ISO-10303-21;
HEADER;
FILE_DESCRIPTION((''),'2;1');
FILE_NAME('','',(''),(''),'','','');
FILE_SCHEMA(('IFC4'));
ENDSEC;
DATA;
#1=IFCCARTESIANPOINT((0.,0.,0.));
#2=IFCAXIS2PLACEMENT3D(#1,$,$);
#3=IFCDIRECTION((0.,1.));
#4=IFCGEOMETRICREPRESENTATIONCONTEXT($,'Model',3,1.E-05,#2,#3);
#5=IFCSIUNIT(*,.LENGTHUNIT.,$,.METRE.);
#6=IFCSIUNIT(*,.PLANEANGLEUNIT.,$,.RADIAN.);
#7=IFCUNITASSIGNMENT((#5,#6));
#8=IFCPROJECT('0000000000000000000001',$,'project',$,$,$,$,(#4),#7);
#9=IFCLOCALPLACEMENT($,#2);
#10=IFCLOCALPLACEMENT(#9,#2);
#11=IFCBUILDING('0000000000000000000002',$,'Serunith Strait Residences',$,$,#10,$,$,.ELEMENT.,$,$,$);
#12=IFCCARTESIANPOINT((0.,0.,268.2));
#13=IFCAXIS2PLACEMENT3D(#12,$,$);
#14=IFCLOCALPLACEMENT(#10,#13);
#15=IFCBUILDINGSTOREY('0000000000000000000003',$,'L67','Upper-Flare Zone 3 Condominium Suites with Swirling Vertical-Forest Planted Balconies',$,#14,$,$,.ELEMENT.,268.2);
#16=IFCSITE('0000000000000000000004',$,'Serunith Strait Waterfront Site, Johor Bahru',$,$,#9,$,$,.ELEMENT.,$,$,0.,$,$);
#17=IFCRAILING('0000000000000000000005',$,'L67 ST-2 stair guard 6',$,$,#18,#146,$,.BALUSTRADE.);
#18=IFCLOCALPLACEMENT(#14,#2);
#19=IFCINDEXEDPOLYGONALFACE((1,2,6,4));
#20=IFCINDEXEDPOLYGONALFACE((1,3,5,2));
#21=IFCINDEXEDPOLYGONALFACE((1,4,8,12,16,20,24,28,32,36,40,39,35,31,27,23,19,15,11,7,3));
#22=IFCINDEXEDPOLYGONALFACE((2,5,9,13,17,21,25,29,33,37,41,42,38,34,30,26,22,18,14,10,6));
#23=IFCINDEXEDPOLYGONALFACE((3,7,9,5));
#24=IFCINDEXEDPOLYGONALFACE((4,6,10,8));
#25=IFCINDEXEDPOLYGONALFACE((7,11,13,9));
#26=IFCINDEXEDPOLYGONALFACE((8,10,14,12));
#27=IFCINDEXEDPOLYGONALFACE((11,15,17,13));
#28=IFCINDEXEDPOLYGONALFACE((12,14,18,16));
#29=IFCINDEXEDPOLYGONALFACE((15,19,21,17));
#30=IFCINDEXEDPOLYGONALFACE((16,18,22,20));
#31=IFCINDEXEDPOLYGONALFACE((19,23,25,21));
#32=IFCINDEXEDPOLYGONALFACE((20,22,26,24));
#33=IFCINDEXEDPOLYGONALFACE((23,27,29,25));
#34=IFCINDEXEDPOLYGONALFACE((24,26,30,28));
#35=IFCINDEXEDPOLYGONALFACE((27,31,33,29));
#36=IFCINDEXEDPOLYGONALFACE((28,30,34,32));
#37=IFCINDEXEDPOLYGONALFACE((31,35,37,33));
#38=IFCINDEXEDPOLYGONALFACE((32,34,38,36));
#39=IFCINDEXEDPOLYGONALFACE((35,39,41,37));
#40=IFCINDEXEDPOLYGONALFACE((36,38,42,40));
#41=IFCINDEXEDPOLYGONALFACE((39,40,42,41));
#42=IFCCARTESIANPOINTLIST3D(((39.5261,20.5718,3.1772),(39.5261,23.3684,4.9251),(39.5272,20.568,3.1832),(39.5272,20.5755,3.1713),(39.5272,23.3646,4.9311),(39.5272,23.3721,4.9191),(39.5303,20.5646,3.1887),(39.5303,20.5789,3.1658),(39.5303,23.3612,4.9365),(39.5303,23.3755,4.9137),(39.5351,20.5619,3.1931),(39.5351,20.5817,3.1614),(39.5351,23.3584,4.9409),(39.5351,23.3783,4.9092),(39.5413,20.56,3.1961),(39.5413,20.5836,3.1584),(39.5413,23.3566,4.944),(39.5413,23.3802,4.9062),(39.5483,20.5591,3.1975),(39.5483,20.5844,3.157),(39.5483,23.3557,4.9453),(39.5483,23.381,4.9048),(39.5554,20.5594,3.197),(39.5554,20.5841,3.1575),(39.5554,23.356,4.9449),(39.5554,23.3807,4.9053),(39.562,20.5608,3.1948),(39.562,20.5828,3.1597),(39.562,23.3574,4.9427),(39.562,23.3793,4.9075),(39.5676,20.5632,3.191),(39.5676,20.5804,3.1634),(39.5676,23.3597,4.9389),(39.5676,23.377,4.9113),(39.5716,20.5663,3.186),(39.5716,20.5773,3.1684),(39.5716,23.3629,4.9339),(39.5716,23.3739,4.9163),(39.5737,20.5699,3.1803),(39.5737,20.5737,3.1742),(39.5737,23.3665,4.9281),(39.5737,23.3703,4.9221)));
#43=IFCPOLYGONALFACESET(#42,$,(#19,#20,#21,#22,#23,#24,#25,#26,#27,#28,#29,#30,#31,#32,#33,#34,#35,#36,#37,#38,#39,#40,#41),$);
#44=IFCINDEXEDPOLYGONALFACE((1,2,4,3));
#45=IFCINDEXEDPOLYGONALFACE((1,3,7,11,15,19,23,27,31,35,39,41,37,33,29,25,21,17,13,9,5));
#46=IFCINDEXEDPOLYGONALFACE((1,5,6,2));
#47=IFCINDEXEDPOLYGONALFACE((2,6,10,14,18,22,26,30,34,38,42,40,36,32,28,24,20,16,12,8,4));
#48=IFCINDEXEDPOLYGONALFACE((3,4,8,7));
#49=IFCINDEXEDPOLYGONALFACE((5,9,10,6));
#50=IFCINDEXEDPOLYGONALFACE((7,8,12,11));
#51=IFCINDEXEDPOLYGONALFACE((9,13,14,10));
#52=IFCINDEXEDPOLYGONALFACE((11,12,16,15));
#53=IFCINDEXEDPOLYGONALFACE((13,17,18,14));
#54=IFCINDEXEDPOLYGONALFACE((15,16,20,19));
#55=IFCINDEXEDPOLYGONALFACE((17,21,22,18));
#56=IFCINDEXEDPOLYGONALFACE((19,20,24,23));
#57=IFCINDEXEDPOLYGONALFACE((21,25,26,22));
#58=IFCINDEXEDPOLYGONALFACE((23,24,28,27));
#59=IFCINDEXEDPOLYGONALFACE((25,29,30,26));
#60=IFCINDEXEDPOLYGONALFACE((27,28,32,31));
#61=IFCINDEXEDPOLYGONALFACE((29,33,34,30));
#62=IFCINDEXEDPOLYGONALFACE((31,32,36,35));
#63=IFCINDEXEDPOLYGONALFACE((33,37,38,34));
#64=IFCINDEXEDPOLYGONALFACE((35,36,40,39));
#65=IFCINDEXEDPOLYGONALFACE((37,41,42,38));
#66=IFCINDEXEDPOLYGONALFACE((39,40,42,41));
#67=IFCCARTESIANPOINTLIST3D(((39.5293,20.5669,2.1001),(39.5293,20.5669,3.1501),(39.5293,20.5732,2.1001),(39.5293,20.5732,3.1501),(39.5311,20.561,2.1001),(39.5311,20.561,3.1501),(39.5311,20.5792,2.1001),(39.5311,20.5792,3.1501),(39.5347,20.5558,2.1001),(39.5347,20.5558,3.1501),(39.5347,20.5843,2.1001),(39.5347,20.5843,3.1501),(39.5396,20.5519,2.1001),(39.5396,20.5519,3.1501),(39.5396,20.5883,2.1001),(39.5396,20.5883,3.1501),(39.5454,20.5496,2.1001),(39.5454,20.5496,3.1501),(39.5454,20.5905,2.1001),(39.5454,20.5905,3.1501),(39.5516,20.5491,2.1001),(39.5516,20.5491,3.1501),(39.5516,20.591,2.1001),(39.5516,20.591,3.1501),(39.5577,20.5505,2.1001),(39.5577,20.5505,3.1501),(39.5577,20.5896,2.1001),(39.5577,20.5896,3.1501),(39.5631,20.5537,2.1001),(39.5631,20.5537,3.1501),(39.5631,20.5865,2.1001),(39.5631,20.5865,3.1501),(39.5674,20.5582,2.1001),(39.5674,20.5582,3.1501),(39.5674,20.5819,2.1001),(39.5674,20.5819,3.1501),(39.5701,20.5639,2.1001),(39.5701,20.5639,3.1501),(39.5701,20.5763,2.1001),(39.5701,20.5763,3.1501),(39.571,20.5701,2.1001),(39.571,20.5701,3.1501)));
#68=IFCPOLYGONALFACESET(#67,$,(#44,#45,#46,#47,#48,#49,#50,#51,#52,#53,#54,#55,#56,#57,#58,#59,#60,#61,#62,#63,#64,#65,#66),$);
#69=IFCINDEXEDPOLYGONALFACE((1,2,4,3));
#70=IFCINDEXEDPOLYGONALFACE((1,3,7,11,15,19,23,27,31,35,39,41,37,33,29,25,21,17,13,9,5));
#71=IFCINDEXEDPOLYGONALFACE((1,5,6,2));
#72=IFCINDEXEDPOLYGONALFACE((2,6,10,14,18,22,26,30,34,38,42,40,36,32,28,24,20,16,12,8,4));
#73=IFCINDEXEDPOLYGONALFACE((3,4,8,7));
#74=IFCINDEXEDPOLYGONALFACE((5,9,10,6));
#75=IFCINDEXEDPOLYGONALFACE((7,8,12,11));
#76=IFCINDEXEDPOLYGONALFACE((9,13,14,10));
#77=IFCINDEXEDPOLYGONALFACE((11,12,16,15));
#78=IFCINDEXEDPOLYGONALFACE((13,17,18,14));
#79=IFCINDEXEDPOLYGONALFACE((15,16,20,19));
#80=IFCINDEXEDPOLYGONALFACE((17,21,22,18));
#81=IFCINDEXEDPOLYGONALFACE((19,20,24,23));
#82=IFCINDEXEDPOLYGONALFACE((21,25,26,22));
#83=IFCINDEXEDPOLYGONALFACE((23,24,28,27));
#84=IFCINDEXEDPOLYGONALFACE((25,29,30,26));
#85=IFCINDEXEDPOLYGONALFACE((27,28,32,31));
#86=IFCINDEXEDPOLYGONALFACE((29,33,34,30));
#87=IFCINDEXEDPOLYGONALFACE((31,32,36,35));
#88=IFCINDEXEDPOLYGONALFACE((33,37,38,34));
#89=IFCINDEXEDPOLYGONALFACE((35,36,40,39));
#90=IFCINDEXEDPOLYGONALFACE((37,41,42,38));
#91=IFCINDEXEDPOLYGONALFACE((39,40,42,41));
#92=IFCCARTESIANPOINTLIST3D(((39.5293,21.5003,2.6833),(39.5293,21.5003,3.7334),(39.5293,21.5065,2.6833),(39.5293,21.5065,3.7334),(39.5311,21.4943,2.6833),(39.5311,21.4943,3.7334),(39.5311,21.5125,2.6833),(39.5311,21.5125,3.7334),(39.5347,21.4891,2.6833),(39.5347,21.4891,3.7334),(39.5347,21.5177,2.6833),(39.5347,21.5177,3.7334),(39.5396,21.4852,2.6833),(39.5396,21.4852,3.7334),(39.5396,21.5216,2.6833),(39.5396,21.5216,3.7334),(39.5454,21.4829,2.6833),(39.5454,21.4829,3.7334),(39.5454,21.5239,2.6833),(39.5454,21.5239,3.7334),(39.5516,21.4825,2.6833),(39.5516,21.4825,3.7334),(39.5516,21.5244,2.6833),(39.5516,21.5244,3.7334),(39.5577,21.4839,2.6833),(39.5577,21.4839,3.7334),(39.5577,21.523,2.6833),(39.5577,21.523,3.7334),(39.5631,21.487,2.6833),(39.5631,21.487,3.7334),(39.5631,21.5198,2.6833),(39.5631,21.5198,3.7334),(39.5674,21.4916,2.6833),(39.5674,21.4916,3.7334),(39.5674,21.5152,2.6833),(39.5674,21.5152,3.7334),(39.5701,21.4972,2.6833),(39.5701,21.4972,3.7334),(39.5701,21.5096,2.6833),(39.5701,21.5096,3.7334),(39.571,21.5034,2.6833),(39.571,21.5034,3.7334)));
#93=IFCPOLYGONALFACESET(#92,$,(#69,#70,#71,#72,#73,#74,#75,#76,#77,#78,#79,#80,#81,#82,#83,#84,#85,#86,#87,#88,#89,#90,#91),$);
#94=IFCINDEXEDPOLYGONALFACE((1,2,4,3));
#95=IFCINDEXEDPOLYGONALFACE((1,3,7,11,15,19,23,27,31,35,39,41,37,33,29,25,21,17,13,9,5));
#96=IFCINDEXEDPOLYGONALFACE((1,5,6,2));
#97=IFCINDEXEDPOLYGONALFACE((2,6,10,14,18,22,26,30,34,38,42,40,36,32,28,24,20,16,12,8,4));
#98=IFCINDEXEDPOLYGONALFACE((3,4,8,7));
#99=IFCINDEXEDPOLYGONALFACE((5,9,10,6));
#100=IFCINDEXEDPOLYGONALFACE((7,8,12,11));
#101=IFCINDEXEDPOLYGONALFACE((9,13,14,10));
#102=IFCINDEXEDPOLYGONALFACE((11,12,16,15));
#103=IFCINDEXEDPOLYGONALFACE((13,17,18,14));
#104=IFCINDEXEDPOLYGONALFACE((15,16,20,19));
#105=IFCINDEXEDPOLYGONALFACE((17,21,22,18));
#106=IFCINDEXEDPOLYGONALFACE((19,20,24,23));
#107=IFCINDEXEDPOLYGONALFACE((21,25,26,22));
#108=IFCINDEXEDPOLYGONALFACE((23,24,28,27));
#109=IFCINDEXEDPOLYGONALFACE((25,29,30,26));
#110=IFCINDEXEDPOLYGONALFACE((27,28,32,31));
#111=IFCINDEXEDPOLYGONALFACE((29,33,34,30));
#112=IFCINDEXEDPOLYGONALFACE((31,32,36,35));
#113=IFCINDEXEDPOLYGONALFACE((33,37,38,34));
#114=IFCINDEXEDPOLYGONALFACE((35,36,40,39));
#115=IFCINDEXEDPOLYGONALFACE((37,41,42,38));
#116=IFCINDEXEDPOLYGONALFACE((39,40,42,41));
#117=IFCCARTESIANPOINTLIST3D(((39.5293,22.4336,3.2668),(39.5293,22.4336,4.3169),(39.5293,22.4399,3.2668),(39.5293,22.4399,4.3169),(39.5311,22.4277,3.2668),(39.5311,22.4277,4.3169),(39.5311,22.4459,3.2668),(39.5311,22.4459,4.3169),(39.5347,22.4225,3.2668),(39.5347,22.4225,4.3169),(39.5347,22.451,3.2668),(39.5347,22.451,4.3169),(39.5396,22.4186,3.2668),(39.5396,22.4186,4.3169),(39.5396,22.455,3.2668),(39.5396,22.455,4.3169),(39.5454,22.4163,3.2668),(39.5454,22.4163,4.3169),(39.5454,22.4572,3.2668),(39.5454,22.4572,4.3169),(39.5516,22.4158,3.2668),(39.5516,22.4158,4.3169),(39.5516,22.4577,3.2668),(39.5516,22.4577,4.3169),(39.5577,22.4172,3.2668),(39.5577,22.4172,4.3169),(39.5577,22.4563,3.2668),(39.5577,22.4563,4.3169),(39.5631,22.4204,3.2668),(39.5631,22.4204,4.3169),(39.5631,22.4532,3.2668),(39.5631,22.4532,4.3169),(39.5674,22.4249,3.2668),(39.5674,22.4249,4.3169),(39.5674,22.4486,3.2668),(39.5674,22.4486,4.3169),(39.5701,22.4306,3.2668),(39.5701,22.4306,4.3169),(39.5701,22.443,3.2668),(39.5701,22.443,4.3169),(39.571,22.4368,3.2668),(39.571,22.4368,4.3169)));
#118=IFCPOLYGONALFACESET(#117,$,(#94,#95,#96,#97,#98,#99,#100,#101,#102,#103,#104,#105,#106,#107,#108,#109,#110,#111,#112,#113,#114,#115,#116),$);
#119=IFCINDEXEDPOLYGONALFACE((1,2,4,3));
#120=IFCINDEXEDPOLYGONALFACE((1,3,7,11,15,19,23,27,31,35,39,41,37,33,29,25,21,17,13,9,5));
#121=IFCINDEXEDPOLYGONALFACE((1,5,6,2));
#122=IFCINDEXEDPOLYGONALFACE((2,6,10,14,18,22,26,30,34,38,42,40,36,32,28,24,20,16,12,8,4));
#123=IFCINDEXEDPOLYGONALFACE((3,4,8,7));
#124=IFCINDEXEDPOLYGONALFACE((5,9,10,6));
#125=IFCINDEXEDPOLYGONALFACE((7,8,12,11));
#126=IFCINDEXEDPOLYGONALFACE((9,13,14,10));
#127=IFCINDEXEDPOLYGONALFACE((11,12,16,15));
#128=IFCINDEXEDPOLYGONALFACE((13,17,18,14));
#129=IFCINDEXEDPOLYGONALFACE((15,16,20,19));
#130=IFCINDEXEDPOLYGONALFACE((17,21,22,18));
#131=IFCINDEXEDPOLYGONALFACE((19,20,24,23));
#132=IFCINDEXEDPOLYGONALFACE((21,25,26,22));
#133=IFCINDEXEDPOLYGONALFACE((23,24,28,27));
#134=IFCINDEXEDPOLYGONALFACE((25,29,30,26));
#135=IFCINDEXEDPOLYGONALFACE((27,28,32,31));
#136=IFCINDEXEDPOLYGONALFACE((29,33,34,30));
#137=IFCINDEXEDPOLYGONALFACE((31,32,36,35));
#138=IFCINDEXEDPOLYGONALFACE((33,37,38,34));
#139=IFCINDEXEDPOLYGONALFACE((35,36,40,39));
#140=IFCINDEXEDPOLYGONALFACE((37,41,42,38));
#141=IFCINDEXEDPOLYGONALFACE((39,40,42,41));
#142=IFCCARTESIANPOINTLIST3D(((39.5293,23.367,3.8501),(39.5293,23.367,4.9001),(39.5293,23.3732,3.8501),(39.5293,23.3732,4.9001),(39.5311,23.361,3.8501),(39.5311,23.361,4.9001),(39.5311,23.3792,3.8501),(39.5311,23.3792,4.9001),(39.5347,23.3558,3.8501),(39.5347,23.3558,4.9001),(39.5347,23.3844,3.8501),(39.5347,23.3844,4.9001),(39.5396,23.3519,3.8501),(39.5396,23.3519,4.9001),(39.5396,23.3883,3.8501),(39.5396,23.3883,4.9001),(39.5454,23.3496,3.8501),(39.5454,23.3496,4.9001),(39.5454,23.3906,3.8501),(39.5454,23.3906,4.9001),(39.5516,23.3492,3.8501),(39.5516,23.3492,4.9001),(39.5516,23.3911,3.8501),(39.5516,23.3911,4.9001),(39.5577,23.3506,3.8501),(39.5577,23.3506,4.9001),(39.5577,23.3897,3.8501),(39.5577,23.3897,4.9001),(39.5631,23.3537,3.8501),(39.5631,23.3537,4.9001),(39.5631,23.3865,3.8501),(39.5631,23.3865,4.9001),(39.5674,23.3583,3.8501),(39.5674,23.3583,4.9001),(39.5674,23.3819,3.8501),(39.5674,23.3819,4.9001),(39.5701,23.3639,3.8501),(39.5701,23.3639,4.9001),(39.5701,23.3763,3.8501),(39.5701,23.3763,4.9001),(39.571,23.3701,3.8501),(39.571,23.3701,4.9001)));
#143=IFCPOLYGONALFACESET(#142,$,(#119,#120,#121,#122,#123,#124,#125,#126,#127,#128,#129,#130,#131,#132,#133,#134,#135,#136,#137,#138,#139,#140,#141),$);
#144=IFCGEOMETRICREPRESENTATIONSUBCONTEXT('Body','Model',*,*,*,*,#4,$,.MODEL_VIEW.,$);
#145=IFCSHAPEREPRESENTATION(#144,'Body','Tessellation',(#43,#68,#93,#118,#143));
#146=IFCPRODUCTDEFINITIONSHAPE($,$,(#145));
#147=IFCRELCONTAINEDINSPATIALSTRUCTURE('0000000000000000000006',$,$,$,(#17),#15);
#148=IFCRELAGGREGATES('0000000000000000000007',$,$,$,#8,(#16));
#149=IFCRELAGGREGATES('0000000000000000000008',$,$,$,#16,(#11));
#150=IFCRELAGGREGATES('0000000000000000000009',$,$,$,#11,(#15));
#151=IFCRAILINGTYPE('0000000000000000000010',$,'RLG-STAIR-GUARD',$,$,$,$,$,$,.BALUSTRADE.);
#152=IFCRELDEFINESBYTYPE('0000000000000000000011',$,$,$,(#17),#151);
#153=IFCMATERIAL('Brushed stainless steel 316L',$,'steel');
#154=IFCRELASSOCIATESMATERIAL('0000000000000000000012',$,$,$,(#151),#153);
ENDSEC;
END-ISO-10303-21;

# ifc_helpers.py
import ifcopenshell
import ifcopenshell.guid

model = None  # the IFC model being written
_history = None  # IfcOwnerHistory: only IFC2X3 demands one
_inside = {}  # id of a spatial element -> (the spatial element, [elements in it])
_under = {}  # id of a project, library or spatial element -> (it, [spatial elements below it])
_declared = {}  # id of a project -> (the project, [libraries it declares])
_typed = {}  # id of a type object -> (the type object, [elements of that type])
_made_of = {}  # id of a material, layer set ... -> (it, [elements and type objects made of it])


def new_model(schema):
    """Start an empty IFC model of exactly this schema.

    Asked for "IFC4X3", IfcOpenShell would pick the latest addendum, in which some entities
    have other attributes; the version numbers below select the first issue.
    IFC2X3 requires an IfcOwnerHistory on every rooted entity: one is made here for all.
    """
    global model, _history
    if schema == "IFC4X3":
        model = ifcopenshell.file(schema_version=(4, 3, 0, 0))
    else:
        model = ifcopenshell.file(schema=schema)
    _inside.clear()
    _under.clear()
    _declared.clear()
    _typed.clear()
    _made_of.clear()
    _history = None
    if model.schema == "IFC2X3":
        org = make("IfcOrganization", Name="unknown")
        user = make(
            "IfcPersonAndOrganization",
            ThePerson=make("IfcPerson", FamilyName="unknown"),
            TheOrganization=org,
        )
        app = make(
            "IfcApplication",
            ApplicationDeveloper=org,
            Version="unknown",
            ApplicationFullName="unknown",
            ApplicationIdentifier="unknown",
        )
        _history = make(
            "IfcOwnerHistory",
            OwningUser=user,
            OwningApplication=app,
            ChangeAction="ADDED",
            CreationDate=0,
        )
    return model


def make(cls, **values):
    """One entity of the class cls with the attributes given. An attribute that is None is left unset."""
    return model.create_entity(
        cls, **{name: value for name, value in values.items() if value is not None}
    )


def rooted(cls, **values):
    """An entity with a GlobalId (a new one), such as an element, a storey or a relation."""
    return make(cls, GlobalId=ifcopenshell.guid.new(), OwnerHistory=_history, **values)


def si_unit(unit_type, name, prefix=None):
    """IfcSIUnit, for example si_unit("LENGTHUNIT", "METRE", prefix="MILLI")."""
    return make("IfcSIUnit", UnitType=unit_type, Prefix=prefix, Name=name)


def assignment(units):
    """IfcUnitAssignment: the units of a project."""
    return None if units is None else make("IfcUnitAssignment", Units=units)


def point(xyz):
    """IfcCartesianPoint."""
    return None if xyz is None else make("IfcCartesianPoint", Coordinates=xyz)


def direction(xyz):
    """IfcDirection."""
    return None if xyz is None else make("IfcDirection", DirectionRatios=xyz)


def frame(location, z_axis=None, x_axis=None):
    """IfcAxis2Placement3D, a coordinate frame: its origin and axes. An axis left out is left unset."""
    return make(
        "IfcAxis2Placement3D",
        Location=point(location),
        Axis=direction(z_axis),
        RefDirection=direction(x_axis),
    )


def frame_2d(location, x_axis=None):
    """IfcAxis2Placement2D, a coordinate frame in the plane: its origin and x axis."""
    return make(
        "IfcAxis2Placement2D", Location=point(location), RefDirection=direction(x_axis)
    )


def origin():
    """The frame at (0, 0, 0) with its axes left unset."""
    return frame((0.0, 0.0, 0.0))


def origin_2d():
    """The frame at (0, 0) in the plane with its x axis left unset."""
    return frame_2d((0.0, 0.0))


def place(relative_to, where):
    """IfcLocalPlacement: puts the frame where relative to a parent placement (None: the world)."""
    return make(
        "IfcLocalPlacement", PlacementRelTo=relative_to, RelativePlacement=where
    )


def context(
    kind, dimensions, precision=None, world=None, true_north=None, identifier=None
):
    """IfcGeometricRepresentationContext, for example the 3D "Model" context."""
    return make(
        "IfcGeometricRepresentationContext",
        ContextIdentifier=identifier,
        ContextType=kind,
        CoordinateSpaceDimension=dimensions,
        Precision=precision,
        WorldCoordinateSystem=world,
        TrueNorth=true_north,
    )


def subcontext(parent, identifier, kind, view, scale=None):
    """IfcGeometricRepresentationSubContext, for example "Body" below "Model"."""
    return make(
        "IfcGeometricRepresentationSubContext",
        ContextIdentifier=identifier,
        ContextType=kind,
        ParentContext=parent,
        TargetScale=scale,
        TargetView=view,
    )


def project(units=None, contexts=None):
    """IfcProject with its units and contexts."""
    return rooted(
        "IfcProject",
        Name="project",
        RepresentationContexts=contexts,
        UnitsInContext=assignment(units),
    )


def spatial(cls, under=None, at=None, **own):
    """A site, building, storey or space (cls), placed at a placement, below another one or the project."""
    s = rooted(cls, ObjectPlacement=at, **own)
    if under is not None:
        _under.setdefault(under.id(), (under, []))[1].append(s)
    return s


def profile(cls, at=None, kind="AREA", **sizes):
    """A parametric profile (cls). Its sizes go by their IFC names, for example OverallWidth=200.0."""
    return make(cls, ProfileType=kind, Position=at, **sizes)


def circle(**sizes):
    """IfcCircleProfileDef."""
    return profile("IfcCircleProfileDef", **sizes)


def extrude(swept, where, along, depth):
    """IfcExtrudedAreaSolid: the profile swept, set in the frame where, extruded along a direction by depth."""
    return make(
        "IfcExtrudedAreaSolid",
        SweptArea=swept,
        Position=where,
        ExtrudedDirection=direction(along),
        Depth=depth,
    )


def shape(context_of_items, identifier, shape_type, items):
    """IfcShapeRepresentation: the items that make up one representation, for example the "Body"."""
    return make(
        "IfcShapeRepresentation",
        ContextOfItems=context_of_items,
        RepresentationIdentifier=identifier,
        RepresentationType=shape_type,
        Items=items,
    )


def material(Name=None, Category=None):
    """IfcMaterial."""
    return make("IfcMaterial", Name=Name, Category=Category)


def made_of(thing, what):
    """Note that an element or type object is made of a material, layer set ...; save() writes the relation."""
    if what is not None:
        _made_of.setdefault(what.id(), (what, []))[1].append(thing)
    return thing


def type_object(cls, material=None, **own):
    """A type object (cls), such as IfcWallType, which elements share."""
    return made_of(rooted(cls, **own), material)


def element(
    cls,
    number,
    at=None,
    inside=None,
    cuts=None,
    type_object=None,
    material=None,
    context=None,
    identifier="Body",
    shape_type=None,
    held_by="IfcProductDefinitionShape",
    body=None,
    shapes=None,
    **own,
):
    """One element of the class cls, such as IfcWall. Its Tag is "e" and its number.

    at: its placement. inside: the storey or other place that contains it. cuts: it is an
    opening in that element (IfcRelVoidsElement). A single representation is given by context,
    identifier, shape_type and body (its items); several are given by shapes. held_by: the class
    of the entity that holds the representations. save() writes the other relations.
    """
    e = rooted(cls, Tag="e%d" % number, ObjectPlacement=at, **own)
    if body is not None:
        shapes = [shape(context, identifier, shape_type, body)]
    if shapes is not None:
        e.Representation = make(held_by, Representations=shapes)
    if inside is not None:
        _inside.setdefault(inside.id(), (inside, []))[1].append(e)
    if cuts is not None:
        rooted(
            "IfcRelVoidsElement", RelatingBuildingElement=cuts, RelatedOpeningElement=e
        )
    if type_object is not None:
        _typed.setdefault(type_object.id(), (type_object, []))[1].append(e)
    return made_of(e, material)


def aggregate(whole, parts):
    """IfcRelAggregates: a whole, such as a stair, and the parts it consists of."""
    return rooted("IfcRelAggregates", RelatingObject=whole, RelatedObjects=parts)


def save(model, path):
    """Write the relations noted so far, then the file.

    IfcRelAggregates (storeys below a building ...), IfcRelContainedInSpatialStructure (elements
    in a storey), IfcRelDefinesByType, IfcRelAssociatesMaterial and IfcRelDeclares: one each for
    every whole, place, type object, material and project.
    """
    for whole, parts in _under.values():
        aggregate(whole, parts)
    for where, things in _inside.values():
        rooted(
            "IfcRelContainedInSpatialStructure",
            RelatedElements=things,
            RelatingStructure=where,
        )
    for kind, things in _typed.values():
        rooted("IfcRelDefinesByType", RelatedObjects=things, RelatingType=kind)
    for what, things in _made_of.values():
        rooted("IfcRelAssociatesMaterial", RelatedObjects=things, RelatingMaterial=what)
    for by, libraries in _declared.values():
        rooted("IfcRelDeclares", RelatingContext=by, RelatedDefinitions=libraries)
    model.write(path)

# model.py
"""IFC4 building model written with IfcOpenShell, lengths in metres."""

from ifc_helpers import new_model, si_unit, direction, frame, origin, origin_2d, place, context, subcontext, project, spatial, circle, extrude, material, type_object, element, save


model = new_model("IFC4")

# Units and contexts
model_context = context("Model", 3, precision=1e-05, world=origin(), true_north=direction((0.0, 1.0)))
body_context = subcontext(model_context, "Body", "Model", "MODEL_VIEW")
ifc_project = project(units=[si_unit("LENGTHUNIT", "METRE"), si_unit("PLANEANGLEUNIT", "RADIAN")], contexts=[model_context])

# Site, building, storey
site_placement = place(None, origin())
site = spatial("IfcSite", under=ifc_project, at=site_placement, Name="Serunith Strait Waterfront Site, Johor Bahru", CompositionType="ELEMENT", RefElevation=0.0)
building_placement = place(site_placement, origin())
building = spatial("IfcBuilding", under=site, at=building_placement, Name="Serunith Strait Residences", CompositionType="ELEMENT")
storey_placement = place(building_placement, frame((0.0, 0.0, 268.2)))
storey = spatial("IfcBuildingStorey", under=building, at=storey_placement, Name="L67", Description="Upper-Flare Zone 3 Condominium Suites with Swirling Vertical-Forest Planted Balconies", CompositionType="ELEMENT", Elevation=268.2)

# Railing
ifc_material_1 = material(Name="Brushed stainless steel 316L", Category="steel")
railing_type_1 = type_object("IfcRailingType", Name="RLG-STAIR-GUARD", PredefinedType="BALUSTRADE", material=ifc_material_1)
railing_1_placement = place(storey_placement, frame((39.55, 20.5701, 2.1001)))
element("IfcRailing", 1, at=railing_1_placement, inside=storey, type_object=railing_type_1, Name="L67 ST-2 stair guard 6", PredefinedType="BALUSTRADE", context=body_context, shape_type="SweptSolid", body=[
    extrude(circle(Radius=0.0239, at=origin_2d()), frame((0.0, 0.0017, 1.0771), z_axis=(0.0, 0.848002, 0.529992), x_axis=(-1.0, 0.0, 0.0)), (0.0, 0.0, 1.0), 3.2979),
    extrude(circle(Radius=0.021, at=origin_2d()), origin(), (0.0, 0.0, 1.0), 1.05),
    extrude(circle(Radius=0.021, at=origin_2d()), frame((0.0, 0.9333, 0.5833)), (0.0, 0.0, 1.0), 1.05),
    extrude(circle(Radius=0.021, at=origin_2d()), frame((0.0, 1.8667, 1.1667)), (0.0, 0.0, 1.0), 1.05),
    extrude(circle(Radius=0.021, at=origin_2d()), frame((0.0, 2.8, 1.75)), (0.0, 0.0, 1.0), 1.05),
])

save(model, "model.ifc")
